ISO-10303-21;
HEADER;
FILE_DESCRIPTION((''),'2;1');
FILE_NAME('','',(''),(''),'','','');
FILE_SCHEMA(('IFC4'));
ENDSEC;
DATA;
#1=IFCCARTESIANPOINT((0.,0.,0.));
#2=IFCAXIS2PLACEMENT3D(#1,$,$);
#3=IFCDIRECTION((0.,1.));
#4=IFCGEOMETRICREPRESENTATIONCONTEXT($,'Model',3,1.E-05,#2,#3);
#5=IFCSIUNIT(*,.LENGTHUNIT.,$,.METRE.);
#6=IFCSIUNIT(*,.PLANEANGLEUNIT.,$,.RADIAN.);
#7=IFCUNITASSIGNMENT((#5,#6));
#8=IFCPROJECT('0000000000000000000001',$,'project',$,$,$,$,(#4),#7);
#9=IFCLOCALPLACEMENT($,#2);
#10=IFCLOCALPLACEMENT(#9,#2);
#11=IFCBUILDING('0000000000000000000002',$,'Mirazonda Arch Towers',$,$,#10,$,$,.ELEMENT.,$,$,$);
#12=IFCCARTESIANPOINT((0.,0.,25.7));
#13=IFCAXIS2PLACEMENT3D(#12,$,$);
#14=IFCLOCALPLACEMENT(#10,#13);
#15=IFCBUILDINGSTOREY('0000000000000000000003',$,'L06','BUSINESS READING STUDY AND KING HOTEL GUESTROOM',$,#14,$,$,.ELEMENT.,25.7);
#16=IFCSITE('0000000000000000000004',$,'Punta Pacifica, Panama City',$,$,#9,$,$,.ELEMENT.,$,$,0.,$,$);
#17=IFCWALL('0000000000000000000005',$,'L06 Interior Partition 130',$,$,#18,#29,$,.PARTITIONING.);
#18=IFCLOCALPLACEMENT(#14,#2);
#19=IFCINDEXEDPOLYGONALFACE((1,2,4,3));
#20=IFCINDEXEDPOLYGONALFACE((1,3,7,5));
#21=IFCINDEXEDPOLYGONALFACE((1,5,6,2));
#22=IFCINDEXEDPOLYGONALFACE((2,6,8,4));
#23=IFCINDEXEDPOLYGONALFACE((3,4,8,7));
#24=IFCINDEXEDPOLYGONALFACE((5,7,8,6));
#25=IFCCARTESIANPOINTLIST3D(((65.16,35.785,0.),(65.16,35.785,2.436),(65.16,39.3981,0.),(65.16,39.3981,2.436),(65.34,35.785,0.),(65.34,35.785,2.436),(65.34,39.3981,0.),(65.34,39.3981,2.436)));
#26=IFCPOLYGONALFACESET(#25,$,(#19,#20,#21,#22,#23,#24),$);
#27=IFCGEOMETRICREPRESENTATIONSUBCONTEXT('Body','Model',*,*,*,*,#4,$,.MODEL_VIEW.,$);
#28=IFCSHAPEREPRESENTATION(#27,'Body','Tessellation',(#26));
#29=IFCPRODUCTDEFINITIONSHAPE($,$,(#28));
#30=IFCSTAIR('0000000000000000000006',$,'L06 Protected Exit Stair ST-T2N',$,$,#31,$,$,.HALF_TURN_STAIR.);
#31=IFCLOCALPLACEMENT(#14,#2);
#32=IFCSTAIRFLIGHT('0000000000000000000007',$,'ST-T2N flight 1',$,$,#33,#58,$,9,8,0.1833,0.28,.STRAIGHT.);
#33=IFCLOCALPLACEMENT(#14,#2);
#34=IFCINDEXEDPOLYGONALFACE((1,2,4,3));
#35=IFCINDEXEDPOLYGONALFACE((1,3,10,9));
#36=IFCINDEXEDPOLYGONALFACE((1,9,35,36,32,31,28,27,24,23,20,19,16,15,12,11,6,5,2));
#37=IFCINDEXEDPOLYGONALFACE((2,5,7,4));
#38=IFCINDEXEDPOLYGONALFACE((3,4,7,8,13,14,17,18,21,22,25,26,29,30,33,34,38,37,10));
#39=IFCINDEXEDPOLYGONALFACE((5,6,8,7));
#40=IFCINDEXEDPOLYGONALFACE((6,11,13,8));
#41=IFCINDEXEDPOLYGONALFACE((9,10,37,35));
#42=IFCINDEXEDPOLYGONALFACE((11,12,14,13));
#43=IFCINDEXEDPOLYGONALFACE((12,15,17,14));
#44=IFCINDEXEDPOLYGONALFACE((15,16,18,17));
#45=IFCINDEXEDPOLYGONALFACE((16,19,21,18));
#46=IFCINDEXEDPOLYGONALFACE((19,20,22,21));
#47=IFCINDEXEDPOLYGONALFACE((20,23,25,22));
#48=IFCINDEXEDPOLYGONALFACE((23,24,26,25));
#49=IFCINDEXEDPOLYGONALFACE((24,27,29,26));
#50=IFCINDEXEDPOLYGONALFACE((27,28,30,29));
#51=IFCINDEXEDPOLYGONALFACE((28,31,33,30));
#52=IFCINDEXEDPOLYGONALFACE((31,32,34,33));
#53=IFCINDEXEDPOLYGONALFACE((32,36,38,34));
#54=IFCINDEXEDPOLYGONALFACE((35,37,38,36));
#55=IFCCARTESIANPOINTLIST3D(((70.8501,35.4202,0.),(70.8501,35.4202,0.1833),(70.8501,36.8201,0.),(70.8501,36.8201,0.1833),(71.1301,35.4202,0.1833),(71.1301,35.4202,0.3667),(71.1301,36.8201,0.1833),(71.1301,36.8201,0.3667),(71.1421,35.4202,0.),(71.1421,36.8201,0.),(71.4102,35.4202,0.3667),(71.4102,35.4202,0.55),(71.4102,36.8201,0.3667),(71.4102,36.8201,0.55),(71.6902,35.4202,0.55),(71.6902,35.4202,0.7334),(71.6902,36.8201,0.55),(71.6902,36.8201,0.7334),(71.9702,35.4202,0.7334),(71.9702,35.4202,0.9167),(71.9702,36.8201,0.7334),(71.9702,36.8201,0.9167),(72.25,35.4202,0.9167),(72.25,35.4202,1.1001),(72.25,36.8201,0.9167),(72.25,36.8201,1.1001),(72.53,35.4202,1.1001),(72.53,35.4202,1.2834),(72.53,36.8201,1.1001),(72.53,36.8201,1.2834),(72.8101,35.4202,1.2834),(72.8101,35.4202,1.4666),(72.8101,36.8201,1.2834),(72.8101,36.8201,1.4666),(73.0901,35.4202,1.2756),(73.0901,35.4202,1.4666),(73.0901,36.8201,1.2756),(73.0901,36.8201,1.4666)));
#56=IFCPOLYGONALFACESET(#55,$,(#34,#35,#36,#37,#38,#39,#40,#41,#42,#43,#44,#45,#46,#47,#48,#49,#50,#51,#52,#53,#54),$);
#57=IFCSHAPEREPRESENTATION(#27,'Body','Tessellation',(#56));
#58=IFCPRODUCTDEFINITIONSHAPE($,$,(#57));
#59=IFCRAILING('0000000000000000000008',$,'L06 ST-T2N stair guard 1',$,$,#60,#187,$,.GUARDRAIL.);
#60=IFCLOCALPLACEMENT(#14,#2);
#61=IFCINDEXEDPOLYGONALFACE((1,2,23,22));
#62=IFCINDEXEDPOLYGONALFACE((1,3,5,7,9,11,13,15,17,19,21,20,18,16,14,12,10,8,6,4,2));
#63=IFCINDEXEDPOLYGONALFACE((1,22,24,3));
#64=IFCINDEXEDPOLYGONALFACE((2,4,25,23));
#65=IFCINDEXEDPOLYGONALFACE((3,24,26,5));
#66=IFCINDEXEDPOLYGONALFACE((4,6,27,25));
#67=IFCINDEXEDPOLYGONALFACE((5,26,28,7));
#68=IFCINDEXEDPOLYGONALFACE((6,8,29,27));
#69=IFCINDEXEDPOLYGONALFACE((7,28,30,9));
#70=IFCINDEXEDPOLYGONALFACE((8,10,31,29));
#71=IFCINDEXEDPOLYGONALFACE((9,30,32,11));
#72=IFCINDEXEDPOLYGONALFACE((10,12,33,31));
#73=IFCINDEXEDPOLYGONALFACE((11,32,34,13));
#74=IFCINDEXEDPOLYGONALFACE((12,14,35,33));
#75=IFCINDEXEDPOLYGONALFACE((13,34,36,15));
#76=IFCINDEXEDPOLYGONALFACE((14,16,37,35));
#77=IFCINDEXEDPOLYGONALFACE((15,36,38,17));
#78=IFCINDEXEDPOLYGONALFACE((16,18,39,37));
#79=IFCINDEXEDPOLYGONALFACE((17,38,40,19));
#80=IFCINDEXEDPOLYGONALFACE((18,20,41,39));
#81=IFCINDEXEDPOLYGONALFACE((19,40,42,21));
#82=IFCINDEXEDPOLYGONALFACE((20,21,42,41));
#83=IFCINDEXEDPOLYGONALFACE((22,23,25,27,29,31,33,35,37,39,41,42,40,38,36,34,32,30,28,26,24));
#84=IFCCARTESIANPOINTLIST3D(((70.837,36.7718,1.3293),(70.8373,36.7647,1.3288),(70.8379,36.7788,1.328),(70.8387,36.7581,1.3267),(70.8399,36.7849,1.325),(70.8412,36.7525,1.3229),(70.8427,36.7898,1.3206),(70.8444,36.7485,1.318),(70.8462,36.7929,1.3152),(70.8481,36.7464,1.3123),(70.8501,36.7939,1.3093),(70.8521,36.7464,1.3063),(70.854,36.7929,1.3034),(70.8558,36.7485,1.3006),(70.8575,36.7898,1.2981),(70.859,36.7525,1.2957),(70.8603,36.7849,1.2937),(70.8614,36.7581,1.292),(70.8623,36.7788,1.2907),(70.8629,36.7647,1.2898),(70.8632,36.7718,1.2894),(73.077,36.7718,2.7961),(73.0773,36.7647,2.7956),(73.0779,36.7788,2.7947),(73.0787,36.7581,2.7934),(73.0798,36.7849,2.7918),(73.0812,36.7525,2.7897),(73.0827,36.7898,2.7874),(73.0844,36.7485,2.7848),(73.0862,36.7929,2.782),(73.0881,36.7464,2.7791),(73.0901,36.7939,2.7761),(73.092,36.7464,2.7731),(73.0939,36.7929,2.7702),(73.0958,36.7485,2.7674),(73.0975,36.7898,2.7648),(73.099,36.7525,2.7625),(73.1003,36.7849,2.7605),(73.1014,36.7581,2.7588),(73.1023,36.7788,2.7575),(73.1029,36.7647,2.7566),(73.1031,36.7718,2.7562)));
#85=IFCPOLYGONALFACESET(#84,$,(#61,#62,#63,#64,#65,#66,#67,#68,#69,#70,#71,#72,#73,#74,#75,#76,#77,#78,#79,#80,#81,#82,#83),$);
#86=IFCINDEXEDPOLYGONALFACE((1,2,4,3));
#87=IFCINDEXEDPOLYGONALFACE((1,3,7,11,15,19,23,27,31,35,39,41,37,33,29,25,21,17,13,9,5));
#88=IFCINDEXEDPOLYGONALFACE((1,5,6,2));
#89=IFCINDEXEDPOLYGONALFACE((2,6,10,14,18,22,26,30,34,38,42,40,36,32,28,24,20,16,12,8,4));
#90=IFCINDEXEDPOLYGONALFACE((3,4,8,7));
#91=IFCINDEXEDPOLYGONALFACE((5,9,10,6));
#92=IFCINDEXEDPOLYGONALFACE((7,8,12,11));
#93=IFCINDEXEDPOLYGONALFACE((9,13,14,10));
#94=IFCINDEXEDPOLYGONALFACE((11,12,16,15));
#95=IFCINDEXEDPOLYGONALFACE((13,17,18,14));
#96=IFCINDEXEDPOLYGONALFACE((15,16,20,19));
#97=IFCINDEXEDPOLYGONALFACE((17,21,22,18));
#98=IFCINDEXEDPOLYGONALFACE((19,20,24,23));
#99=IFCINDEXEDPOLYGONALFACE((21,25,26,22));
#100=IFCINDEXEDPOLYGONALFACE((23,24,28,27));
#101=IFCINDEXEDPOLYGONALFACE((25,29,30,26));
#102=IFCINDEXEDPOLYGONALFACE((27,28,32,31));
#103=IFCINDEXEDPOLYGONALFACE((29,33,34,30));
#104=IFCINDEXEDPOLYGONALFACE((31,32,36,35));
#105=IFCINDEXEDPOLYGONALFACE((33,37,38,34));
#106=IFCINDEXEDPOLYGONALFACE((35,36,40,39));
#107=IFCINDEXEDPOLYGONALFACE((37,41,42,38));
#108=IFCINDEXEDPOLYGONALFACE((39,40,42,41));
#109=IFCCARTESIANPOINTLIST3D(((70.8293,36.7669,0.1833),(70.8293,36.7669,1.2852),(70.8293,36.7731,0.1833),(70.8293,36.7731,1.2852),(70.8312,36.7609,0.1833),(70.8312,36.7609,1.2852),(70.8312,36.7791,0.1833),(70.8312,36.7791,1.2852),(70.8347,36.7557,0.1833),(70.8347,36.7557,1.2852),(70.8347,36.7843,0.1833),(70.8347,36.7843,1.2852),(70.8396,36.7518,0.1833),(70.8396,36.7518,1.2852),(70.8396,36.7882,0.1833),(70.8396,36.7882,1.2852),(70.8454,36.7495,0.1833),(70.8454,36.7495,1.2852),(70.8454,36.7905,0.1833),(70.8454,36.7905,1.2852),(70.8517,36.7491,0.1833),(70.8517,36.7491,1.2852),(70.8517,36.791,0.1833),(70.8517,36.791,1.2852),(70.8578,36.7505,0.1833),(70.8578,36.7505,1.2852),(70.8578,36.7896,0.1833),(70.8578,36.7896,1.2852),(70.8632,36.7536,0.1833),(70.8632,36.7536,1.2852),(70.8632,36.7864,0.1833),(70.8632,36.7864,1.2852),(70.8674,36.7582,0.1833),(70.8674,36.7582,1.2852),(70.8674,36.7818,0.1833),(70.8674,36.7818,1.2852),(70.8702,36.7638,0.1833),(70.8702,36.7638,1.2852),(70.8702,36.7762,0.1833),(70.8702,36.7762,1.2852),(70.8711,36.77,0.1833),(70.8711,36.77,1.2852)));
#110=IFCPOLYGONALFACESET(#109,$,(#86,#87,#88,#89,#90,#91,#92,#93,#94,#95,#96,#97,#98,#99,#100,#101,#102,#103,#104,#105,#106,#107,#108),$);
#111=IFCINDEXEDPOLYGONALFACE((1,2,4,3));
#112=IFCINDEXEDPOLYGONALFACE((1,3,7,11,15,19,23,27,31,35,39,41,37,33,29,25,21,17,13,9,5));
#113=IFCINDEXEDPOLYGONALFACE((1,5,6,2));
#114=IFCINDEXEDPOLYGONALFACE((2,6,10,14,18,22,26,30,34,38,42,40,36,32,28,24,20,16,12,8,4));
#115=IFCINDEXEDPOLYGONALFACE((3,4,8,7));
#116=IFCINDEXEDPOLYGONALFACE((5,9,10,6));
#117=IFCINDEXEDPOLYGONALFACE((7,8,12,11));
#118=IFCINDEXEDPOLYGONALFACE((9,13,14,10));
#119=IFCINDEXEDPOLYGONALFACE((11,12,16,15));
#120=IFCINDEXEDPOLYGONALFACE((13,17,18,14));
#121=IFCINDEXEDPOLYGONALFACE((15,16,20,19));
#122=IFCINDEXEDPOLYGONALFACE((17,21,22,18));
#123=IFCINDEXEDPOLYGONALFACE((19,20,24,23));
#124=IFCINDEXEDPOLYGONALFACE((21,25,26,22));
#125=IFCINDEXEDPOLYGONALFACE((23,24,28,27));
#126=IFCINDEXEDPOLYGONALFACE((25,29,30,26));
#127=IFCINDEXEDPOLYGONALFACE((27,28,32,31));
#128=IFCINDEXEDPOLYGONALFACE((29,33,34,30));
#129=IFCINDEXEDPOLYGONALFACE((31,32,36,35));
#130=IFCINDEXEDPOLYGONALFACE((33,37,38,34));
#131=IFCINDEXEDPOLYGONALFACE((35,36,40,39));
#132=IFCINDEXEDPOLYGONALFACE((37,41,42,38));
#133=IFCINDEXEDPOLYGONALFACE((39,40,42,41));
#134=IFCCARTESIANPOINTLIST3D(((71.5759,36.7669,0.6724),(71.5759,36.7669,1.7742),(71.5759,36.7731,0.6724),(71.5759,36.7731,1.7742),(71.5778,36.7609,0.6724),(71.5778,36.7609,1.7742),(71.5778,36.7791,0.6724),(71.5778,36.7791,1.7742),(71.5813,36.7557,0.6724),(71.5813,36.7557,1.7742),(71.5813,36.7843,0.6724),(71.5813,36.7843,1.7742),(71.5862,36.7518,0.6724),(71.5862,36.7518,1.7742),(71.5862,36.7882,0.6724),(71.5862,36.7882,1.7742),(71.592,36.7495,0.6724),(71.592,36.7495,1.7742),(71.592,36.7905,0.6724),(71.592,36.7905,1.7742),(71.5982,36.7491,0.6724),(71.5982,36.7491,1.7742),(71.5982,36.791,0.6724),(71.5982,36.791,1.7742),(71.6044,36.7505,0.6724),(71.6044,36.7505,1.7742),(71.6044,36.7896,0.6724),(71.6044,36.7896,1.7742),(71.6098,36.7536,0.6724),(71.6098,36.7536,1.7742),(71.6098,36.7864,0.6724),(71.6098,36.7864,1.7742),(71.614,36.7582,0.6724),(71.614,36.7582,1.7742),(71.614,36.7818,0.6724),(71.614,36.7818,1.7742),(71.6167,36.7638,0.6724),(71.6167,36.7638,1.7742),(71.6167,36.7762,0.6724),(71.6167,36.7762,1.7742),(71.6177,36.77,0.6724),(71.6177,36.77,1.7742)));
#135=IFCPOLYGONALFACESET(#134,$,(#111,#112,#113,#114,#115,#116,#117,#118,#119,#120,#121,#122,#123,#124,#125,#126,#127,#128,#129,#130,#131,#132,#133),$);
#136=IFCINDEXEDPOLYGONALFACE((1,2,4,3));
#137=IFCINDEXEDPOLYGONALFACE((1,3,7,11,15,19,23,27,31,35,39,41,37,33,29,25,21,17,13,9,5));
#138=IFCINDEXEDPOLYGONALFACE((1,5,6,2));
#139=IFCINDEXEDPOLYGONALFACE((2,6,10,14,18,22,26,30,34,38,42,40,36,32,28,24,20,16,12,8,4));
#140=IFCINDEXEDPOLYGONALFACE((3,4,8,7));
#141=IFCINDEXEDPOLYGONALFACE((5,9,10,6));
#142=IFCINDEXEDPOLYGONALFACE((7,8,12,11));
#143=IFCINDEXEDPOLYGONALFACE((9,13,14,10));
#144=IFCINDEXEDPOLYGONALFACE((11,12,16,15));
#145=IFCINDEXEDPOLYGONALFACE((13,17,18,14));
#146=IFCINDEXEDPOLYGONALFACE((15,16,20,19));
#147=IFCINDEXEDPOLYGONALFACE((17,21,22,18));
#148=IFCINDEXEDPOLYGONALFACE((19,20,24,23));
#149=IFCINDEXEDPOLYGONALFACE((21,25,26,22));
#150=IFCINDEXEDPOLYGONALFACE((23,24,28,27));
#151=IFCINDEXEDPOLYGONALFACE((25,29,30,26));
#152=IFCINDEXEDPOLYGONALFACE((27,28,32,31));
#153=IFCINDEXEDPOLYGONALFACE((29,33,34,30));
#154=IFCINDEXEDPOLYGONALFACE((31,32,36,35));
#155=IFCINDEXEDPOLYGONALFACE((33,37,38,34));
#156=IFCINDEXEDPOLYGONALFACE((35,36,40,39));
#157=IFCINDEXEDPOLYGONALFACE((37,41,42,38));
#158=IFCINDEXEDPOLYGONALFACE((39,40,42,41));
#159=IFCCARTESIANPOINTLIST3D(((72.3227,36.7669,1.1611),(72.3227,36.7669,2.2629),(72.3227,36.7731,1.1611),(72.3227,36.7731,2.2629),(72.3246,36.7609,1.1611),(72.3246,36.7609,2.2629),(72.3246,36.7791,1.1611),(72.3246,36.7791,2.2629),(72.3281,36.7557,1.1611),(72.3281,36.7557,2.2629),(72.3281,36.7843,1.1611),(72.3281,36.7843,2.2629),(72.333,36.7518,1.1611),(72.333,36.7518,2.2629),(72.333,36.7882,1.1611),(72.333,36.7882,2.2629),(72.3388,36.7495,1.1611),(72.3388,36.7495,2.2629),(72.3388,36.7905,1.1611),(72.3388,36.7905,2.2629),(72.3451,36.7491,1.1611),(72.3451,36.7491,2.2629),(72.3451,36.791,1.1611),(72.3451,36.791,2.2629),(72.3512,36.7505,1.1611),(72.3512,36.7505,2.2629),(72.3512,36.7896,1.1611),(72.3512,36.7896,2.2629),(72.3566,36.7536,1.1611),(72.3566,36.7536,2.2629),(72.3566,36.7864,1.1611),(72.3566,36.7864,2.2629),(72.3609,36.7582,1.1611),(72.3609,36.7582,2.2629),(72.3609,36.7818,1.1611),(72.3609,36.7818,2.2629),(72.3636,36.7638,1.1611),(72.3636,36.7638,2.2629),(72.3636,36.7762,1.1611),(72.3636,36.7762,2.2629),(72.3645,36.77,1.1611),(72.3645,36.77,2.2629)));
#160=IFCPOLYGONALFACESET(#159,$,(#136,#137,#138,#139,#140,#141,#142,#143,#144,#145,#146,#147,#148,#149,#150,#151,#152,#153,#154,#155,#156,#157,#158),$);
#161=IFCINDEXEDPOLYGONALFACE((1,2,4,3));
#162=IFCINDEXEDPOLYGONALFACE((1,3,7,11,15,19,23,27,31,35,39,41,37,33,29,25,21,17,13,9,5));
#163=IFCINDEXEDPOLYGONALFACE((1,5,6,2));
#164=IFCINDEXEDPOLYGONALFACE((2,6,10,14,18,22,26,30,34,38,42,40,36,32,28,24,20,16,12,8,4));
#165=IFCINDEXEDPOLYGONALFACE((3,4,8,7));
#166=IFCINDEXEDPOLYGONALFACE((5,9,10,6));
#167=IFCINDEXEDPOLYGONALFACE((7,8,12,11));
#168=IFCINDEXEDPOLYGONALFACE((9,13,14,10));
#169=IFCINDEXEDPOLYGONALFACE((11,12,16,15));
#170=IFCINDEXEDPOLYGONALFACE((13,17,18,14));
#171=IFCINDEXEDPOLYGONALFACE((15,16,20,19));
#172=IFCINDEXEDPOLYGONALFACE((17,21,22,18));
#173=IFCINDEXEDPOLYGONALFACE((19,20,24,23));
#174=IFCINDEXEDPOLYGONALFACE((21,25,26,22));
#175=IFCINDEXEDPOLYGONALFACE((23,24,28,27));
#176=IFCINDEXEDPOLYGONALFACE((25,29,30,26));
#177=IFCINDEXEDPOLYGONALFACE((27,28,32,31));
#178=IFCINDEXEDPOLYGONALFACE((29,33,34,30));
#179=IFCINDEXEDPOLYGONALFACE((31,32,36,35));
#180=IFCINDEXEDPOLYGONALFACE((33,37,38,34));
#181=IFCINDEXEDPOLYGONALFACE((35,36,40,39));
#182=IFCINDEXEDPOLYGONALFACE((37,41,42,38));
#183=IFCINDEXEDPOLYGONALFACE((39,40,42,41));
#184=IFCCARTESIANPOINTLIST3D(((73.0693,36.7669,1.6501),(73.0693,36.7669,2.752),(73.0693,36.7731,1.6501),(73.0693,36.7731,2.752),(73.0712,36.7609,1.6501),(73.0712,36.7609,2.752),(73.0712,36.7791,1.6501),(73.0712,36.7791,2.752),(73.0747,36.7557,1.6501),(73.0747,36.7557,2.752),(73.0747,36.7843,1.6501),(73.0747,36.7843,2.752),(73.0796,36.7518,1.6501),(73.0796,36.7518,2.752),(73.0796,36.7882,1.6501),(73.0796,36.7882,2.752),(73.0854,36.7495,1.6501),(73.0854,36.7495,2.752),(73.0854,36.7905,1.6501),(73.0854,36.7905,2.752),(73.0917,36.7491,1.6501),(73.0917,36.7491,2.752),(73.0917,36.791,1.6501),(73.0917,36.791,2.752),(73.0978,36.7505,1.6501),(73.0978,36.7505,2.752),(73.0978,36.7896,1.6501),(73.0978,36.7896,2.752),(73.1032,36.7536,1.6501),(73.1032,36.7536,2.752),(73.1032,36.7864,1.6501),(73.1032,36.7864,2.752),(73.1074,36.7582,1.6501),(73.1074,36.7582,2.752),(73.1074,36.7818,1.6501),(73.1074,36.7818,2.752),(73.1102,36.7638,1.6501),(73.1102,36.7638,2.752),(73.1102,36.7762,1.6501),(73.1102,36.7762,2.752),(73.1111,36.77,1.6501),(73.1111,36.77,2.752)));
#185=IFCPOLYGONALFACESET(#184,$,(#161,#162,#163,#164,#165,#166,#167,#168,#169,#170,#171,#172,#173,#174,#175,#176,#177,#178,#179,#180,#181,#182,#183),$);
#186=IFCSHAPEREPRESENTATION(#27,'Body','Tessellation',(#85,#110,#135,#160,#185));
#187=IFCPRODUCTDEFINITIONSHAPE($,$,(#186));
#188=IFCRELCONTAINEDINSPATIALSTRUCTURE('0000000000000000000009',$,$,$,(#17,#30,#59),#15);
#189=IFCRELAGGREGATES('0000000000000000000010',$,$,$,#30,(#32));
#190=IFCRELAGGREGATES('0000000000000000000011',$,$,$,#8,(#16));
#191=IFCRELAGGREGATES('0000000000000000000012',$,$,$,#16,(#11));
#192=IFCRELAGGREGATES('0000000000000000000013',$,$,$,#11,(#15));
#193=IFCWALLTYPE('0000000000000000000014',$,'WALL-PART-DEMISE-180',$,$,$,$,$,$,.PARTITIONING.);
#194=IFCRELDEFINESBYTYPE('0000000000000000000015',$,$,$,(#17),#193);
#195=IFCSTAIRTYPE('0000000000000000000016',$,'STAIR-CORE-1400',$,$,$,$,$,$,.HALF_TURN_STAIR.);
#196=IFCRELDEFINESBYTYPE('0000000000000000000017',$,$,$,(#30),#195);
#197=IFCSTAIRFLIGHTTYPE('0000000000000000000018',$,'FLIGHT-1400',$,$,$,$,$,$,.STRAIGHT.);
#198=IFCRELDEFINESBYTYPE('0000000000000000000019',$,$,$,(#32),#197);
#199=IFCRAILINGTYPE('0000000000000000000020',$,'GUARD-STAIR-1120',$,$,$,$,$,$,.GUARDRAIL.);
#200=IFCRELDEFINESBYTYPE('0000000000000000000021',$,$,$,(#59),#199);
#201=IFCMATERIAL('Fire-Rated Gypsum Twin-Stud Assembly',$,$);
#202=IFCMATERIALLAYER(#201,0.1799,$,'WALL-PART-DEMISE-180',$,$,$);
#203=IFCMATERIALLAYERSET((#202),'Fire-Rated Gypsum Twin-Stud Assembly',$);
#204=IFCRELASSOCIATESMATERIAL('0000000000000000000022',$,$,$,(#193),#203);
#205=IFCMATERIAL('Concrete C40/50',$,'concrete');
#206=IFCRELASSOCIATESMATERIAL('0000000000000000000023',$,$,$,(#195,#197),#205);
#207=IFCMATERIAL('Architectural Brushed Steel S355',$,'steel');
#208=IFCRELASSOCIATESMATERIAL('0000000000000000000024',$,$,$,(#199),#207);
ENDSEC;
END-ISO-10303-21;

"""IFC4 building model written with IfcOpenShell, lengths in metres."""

from ifc_helpers import new_model, si_unit, direction, frame, frame_2d, origin, origin_2d, place, context, subcontext, project, spatial, polyline, rectangle, circle, outline, extrude, material, layer, layer_set, type_object, element, aggregate, save


model = new_model("IFC4")

# Units and contexts
model_context = context("Model", 3, precision=1e-05, world=origin(), true_north=direction((0.0, 1.0)))
body_context = subcontext(model_context, "Body", "Model", "MODEL_VIEW")
ifc_project = project(units=[si_unit("LENGTHUNIT", "METRE"), si_unit("PLANEANGLEUNIT", "RADIAN")], contexts=[model_context])

# Site, building, storey
site_placement = place(None, origin())
site = spatial("IfcSite", under=ifc_project, at=site_placement, Name="Punta Pacifica, Panama City", CompositionType="ELEMENT", RefElevation=0.0)
building_placement = place(site_placement, origin())
building = spatial("IfcBuilding", under=site, at=building_placement, Name="Mirazonda Arch Towers", CompositionType="ELEMENT")
storey_placement = place(building_placement, frame((0.0, 0.0, 25.7)))
storey = spatial("IfcBuildingStorey", under=building, at=storey_placement, Name="L06", Description="BUSINESS READING STUDY AND KING HOTEL GUESTROOM", CompositionType="ELEMENT", Elevation=25.7)

# Wall
ifc_material_1 = material(Name="Fire-Rated Gypsum Twin-Stud Assembly")
ifc_layer_1 = layer(ifc_material_1, 0.1799, Name="WALL-PART-DEMISE-180")
ifc_layer_set_1 = layer_set([ifc_layer_1], Name="Fire-Rated Gypsum Twin-Stud Assembly")
wall_type_1 = type_object("IfcWallType", Name="WALL-PART-DEMISE-180", PredefinedType="PARTITIONING", material=ifc_layer_set_1)
wall_1_placement = place(storey_placement, frame((65.25, 35.7849, 0.0), z_axis=(0.0, 0.0, 1.0), x_axis=(0.0, 1.0, 0.0)))
element("IfcWall", 1, at=wall_1_placement, inside=storey, type_object=wall_type_1, Name="L06 Interior Partition 130", PredefinedType="PARTITIONING", context=body_context, shape_type="SweptSolid", body=[
    extrude(rectangle(XDim=3.613, YDim=0.1799, at=frame_2d((1.8066, 0.0))), origin(), (0.0, 0.0, 1.0), 2.436),
])

# Stair, stair flight
ifc_material_2 = material(Name="Concrete C40/50", Category="concrete")
stair_type = type_object("IfcStairType", Name="STAIR-CORE-1400", PredefinedType="HALF_TURN_STAIR", material=ifc_material_2)
stair_placement = place(storey_placement, origin())
stair = element("IfcStair", 2, at=stair_placement, inside=storey, type_object=stair_type, Name="L06 Protected Exit Stair ST-T2N", PredefinedType="HALF_TURN_STAIR")
stair_flight_type = type_object("IfcStairFlightType", Name="FLIGHT-1400", PredefinedType="STRAIGHT", material=ifc_material_2)
stair_flight_placement = place(storey_placement, frame((70.8501, 36.1201, 0.0), z_axis=(0.0, 0.0, 1.0), x_axis=(1.0, 0.0, 0.0)))
stair_flight = element("IfcStairFlight", 3, at=stair_flight_placement, type_object=stair_flight_type, Name="ST-T2N flight 1", NumberOfRisers=9, NumberOfTreads=8, PredefinedType="STRAIGHT", RiserHeight=0.1833, TreadLength=0.28, context=body_context, shape_type="SweptSolid", body=[
    extrude(outline(polyline([(0.0, 0.0), (0.0, 0.1833), (0.28, 0.1833), (0.28, 0.3667), (0.5601, 0.3667), (0.5601, 0.55), (0.8401, 0.55), (0.8401, 0.7334), (1.1201, 0.7334), (1.1201, 0.9167), (1.3999, 0.9167), (1.3999, 1.1001), (1.6799, 1.1001), (1.6799, 1.2834), (1.96, 1.2834), (1.96, 1.4666), (2.24, 1.4666), (2.24, 1.6499), (2.24, 1.2756), (0.292, 0.0), (0.0, 0.0)])), frame((0.0, 0.7, 0.0), z_axis=(0.0, -1.0, 0.0), x_axis=(1.0, 0.0, 0.0)), (0.0, 0.0, 1.0), 1.3999),
])
aggregate(stair, [stair_flight])

# Railing
ifc_material_3 = material(Name="Architectural Brushed Steel S355", Category="steel")
railing_type = type_object("IfcRailingType", Name="GUARD-STAIR-1120", PredefinedType="GUARDRAIL", material=ifc_material_3)
railing_1_placement = place(storey_placement, frame((70.8501, 36.77, 0.1833)))
element("IfcRailing", 4, at=railing_1_placement, inside=storey, type_object=railing_type, Name="L06 ST-T2N stair guard 1", PredefinedType="GUARDRAIL", context=body_context, shape_type="SweptSolid", body=[
    extrude(circle(Radius=0.0239, at=origin_2d()), frame((0.0, 0.0, 1.126), z_axis=(0.836595, 0.0, 0.547822), x_axis=(0.0, 1.0, 0.0)), (0.0, 0.0, 1.0), 2.6775),
    extrude(circle(Radius=0.021, at=origin_2d()), origin(), (0.0, 0.0, 1.0), 1.1018),
    extrude(circle(Radius=0.021, at=origin_2d()), frame((0.7466, 0.0, 0.489)), (0.0, 0.0, 1.0), 1.1018),
    extrude(circle(Radius=0.021, at=origin_2d()), frame((1.4934, 0.0, 0.9778)), (0.0, 0.0, 1.0), 1.1018),
    extrude(circle(Radius=0.021, at=origin_2d()), frame((2.24, 0.0, 1.4668)), (0.0, 0.0, 1.0), 1.1018),
])

save(model, "model.ifc")
